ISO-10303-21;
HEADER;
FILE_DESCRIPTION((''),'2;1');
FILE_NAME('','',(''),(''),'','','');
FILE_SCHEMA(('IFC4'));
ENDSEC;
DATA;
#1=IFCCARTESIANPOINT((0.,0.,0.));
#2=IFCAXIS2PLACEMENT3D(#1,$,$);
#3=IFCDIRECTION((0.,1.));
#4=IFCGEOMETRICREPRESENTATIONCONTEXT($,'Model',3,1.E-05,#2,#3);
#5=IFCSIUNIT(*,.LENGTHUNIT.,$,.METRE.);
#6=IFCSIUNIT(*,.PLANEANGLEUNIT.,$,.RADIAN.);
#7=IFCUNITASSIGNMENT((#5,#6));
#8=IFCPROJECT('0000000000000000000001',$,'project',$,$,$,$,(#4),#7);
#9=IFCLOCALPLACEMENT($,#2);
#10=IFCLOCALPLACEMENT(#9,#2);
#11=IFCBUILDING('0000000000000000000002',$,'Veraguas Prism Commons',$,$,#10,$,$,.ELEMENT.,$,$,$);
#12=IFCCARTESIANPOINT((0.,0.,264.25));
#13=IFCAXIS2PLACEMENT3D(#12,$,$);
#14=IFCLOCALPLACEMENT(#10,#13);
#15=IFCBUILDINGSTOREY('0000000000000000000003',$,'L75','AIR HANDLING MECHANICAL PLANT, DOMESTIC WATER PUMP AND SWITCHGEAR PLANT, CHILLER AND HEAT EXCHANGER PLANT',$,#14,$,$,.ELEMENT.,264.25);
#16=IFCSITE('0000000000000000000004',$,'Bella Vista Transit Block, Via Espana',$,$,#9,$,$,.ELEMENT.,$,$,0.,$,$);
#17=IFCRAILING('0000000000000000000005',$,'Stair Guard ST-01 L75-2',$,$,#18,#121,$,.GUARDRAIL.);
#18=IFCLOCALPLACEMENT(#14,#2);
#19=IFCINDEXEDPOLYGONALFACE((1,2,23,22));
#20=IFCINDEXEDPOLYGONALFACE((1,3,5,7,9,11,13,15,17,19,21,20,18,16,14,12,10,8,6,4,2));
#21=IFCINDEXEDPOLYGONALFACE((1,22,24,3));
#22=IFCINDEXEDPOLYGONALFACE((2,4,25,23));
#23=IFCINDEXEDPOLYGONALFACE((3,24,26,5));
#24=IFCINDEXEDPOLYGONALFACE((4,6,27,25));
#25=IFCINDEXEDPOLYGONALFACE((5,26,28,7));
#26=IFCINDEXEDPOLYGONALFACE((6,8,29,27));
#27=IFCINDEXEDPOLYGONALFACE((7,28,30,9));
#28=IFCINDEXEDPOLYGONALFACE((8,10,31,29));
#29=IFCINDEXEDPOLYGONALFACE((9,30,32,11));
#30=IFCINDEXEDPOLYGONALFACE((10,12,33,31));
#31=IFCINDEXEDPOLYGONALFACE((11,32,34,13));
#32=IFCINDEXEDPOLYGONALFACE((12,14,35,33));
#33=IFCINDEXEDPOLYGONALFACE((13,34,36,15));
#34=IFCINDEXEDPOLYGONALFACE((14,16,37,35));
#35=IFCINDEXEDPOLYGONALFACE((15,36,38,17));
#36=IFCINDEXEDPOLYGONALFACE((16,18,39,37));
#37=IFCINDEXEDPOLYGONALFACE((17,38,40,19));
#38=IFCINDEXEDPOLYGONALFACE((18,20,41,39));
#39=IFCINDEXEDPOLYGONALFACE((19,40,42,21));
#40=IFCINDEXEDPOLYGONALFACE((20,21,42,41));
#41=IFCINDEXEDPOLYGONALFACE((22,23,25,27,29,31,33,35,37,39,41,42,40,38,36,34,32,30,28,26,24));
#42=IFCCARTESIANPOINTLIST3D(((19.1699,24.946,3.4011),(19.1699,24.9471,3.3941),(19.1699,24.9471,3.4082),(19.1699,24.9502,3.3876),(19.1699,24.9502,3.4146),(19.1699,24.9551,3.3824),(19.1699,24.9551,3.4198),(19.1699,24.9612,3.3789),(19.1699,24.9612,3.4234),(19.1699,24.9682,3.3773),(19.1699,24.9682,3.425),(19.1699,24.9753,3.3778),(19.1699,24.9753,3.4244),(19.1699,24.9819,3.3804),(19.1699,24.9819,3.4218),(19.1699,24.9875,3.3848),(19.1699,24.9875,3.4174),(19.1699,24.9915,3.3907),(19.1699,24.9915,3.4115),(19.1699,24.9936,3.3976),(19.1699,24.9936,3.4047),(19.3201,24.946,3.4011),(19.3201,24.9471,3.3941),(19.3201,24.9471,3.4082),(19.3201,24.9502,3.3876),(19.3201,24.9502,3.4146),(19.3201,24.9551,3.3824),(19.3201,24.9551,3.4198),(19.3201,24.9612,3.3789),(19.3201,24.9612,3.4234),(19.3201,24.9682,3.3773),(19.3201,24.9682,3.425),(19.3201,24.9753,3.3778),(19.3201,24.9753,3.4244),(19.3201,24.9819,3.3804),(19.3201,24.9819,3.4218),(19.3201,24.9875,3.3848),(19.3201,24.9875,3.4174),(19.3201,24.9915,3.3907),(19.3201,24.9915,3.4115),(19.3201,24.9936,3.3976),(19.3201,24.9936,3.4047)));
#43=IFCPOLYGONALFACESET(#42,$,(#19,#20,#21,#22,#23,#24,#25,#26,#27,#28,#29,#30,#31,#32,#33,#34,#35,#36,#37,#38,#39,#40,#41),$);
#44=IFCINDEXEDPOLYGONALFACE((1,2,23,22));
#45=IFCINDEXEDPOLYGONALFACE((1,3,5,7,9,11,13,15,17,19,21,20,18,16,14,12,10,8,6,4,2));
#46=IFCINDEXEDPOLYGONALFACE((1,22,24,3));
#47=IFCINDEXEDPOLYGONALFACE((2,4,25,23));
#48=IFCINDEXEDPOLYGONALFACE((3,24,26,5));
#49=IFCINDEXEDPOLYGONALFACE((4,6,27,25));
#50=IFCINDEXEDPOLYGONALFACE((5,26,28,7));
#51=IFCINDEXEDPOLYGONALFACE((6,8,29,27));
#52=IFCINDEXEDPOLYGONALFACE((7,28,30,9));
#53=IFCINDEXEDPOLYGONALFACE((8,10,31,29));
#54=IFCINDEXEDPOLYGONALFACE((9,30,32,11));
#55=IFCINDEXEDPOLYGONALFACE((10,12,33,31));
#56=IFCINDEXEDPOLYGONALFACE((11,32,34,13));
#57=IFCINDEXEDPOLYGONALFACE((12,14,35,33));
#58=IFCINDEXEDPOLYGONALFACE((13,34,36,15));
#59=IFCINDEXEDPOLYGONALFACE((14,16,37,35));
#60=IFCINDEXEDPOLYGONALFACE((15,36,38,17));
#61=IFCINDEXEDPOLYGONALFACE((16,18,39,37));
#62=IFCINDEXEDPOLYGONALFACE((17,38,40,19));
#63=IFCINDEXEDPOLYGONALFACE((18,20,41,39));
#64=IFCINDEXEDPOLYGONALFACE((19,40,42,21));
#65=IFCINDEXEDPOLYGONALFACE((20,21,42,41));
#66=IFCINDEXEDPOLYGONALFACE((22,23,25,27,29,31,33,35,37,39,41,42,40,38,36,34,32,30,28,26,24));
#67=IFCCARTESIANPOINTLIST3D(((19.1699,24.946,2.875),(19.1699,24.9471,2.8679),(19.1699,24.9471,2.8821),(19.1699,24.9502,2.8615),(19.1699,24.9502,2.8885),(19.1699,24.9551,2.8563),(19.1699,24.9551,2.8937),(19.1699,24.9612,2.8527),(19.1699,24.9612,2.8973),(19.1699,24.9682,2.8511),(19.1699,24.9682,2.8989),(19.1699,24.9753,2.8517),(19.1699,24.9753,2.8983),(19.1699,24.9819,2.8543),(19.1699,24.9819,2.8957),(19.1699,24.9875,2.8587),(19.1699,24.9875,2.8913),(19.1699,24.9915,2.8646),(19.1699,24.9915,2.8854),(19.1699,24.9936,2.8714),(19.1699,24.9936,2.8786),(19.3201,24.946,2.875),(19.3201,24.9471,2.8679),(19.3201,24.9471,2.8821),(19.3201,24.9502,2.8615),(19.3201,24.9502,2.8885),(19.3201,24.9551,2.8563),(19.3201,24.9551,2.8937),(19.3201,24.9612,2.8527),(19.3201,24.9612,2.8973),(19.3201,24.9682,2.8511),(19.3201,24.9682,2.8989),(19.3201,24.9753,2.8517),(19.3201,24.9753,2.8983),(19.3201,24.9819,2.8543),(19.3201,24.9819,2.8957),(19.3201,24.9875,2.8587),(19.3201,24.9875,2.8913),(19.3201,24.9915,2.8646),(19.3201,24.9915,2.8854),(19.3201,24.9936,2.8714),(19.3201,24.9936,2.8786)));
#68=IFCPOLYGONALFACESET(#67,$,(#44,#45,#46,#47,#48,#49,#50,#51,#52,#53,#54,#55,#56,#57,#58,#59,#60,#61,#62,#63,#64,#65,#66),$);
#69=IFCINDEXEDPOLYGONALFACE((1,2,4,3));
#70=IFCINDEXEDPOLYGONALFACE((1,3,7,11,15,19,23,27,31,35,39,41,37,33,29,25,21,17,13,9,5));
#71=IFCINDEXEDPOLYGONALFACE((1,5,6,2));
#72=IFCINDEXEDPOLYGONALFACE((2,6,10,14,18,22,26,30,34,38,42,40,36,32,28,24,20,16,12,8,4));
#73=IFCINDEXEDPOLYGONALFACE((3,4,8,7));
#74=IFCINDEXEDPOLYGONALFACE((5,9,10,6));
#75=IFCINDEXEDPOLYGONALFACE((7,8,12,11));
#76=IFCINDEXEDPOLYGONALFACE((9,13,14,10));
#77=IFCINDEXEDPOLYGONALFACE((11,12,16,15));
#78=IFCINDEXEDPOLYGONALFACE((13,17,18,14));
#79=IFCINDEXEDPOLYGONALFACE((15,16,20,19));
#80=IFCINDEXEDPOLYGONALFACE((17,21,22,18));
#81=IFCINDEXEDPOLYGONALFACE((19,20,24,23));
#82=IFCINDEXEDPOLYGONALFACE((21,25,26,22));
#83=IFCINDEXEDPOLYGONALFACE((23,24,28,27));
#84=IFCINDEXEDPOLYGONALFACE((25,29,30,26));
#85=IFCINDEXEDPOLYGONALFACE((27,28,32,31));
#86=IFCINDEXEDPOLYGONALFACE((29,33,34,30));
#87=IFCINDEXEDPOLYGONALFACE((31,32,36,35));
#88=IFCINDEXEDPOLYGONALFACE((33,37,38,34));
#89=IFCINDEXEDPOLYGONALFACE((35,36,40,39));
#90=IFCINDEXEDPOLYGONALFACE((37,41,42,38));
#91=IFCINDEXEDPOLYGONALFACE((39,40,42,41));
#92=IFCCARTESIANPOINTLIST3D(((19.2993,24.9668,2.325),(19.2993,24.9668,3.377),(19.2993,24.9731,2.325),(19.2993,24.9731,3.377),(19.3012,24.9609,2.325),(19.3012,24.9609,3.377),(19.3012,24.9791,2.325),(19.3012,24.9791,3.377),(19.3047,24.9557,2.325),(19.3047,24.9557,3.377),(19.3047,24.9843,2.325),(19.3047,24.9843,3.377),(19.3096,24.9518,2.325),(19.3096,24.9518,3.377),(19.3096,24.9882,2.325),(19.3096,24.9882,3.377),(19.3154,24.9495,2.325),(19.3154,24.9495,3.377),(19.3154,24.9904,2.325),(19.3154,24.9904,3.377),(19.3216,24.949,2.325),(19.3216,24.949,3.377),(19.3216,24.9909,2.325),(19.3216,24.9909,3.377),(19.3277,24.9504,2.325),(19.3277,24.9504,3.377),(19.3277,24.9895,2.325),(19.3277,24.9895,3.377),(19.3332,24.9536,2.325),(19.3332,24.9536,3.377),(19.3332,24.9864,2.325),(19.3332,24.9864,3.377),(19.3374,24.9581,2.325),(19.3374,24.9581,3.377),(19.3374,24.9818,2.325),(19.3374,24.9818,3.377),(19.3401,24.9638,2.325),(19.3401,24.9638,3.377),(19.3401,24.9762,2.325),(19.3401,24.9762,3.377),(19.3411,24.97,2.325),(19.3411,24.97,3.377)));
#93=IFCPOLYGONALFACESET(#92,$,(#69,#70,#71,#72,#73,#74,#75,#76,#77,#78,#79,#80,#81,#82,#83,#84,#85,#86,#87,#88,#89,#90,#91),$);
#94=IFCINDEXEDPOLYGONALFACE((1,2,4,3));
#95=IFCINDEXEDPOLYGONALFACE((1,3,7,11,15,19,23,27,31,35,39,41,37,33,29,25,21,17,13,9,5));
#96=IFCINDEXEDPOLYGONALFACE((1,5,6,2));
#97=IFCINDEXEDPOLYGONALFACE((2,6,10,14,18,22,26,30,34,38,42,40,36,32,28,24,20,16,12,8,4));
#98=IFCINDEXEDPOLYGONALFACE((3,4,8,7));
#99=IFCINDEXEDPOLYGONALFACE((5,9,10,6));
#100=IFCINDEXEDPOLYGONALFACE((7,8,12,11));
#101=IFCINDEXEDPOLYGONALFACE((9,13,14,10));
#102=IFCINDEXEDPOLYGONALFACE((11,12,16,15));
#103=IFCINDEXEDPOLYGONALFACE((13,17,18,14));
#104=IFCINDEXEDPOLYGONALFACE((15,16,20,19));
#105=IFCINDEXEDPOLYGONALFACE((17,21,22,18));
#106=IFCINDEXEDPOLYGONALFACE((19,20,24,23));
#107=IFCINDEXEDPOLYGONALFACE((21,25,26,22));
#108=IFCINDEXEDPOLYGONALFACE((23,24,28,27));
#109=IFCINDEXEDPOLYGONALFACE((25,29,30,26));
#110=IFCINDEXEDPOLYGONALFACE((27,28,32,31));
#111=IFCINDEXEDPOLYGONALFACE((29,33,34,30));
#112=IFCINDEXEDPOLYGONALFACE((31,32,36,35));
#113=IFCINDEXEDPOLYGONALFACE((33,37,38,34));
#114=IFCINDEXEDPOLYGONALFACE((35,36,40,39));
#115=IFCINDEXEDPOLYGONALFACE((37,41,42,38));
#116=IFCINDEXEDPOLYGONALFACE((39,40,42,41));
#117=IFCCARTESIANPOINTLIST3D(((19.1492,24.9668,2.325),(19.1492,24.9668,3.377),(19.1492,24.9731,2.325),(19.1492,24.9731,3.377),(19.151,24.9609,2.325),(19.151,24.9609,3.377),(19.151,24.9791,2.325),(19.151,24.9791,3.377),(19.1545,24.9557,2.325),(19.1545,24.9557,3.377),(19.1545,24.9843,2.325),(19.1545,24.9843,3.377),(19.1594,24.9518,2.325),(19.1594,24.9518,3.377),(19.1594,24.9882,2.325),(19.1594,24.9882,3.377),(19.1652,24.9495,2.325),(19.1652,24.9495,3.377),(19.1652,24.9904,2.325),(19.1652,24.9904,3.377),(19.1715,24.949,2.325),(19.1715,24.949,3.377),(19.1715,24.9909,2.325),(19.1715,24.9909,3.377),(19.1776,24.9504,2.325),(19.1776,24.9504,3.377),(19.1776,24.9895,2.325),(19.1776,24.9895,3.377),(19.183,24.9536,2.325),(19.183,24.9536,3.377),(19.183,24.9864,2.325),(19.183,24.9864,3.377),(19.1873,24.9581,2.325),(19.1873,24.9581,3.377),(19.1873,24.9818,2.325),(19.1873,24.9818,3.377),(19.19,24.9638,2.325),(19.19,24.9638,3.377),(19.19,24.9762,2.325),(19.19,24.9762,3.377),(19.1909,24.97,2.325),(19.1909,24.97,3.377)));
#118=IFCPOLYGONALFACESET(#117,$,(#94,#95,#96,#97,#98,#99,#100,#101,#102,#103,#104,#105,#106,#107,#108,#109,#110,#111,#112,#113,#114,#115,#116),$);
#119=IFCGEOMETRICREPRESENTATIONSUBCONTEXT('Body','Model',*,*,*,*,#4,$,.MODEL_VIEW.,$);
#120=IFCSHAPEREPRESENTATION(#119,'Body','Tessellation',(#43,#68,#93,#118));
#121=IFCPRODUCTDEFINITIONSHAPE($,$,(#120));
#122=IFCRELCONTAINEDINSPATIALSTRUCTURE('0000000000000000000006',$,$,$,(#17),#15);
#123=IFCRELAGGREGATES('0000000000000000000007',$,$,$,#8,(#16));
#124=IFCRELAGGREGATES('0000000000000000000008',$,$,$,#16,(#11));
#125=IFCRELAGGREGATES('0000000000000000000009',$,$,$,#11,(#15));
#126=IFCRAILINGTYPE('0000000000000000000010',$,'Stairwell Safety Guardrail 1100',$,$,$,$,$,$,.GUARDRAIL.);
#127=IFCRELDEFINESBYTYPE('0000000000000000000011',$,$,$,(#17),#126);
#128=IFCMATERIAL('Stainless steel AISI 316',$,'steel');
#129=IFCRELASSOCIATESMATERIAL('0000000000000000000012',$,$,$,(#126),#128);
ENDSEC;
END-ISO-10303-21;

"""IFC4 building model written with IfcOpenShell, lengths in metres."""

from ifc_helpers import new_model, si_unit, direction, frame, origin, origin_2d, place, context, subcontext, project, spatial, circle, extrude, material, type_object, element, save


model = new_model("IFC4")

# Units and contexts
model_context = context("Model", 3, precision=1e-05, world=origin(), true_north=direction((0.0, 1.0)))
body_context = subcontext(model_context, "Body", "Model", "MODEL_VIEW")
ifc_project = project(units=[si_unit("LENGTHUNIT", "METRE"), si_unit("PLANEANGLEUNIT", "RADIAN")], contexts=[model_context])

# Site, building, storey
site_placement = place(None, origin())
site = spatial("IfcSite", under=ifc_project, at=site_placement, Name="Bella Vista Transit Block, Via Espana", CompositionType="ELEMENT", RefElevation=0.0)
building_placement = place(site_placement, origin())
building = spatial("IfcBuilding", under=site, at=building_placement, Name="Veraguas Prism Commons", CompositionType="ELEMENT")
storey_placement = place(building_placement, frame((0.0, 0.0, 264.25)))
storey = spatial("IfcBuildingStorey", under=building, at=storey_placement, Name="L75", Description="AIR HANDLING MECHANICAL PLANT, DOMESTIC WATER PUMP AND SWITCHGEAR PLANT, CHILLER AND HEAT EXCHANGER PLANT", CompositionType="ELEMENT", Elevation=264.25)

# Railing
ifc_material_1 = material(Name="Stainless steel AISI 316", Category="steel")
railing_type_1 = type_object("IfcRailingType", Name="Stairwell Safety Guardrail 1100", PredefinedType="GUARDRAIL", material=ifc_material_1)
railing_1_placement = place(storey_placement, frame((19.3201, 24.97, 2.325)))
element("IfcRailing", 1, at=railing_1_placement, inside=storey, type_object=railing_type_1, Name="Stair Guard ST-01 L75-2", PredefinedType="GUARDRAIL", context=body_context, shape_type="SweptSolid", body=[
    extrude(circle(Radius=0.0239, at=origin_2d()), frame((0.0, 0.0, 1.0762), z_axis=(-1.0, 0.0, 0.0), x_axis=(0.0, -1.0, 0.0)), (0.0, 0.0, 1.0), 0.1501),
    extrude(circle(Radius=0.0239, at=origin_2d()), frame((0.0, 0.0, 0.55), z_axis=(-1.0, 0.0, 0.0), x_axis=(0.0, -1.0, 0.0)), (0.0, 0.0, 1.0), 0.1501),
    extrude(circle(Radius=0.021, at=origin_2d()), origin(), (0.0, 0.0, 1.0), 1.052),
    extrude(circle(Radius=0.021, at=origin_2d()), frame((-0.1501, 0.0, 0.0)), (0.0, 0.0, 1.0), 1.052),
])

save(model, "model.ifc")
